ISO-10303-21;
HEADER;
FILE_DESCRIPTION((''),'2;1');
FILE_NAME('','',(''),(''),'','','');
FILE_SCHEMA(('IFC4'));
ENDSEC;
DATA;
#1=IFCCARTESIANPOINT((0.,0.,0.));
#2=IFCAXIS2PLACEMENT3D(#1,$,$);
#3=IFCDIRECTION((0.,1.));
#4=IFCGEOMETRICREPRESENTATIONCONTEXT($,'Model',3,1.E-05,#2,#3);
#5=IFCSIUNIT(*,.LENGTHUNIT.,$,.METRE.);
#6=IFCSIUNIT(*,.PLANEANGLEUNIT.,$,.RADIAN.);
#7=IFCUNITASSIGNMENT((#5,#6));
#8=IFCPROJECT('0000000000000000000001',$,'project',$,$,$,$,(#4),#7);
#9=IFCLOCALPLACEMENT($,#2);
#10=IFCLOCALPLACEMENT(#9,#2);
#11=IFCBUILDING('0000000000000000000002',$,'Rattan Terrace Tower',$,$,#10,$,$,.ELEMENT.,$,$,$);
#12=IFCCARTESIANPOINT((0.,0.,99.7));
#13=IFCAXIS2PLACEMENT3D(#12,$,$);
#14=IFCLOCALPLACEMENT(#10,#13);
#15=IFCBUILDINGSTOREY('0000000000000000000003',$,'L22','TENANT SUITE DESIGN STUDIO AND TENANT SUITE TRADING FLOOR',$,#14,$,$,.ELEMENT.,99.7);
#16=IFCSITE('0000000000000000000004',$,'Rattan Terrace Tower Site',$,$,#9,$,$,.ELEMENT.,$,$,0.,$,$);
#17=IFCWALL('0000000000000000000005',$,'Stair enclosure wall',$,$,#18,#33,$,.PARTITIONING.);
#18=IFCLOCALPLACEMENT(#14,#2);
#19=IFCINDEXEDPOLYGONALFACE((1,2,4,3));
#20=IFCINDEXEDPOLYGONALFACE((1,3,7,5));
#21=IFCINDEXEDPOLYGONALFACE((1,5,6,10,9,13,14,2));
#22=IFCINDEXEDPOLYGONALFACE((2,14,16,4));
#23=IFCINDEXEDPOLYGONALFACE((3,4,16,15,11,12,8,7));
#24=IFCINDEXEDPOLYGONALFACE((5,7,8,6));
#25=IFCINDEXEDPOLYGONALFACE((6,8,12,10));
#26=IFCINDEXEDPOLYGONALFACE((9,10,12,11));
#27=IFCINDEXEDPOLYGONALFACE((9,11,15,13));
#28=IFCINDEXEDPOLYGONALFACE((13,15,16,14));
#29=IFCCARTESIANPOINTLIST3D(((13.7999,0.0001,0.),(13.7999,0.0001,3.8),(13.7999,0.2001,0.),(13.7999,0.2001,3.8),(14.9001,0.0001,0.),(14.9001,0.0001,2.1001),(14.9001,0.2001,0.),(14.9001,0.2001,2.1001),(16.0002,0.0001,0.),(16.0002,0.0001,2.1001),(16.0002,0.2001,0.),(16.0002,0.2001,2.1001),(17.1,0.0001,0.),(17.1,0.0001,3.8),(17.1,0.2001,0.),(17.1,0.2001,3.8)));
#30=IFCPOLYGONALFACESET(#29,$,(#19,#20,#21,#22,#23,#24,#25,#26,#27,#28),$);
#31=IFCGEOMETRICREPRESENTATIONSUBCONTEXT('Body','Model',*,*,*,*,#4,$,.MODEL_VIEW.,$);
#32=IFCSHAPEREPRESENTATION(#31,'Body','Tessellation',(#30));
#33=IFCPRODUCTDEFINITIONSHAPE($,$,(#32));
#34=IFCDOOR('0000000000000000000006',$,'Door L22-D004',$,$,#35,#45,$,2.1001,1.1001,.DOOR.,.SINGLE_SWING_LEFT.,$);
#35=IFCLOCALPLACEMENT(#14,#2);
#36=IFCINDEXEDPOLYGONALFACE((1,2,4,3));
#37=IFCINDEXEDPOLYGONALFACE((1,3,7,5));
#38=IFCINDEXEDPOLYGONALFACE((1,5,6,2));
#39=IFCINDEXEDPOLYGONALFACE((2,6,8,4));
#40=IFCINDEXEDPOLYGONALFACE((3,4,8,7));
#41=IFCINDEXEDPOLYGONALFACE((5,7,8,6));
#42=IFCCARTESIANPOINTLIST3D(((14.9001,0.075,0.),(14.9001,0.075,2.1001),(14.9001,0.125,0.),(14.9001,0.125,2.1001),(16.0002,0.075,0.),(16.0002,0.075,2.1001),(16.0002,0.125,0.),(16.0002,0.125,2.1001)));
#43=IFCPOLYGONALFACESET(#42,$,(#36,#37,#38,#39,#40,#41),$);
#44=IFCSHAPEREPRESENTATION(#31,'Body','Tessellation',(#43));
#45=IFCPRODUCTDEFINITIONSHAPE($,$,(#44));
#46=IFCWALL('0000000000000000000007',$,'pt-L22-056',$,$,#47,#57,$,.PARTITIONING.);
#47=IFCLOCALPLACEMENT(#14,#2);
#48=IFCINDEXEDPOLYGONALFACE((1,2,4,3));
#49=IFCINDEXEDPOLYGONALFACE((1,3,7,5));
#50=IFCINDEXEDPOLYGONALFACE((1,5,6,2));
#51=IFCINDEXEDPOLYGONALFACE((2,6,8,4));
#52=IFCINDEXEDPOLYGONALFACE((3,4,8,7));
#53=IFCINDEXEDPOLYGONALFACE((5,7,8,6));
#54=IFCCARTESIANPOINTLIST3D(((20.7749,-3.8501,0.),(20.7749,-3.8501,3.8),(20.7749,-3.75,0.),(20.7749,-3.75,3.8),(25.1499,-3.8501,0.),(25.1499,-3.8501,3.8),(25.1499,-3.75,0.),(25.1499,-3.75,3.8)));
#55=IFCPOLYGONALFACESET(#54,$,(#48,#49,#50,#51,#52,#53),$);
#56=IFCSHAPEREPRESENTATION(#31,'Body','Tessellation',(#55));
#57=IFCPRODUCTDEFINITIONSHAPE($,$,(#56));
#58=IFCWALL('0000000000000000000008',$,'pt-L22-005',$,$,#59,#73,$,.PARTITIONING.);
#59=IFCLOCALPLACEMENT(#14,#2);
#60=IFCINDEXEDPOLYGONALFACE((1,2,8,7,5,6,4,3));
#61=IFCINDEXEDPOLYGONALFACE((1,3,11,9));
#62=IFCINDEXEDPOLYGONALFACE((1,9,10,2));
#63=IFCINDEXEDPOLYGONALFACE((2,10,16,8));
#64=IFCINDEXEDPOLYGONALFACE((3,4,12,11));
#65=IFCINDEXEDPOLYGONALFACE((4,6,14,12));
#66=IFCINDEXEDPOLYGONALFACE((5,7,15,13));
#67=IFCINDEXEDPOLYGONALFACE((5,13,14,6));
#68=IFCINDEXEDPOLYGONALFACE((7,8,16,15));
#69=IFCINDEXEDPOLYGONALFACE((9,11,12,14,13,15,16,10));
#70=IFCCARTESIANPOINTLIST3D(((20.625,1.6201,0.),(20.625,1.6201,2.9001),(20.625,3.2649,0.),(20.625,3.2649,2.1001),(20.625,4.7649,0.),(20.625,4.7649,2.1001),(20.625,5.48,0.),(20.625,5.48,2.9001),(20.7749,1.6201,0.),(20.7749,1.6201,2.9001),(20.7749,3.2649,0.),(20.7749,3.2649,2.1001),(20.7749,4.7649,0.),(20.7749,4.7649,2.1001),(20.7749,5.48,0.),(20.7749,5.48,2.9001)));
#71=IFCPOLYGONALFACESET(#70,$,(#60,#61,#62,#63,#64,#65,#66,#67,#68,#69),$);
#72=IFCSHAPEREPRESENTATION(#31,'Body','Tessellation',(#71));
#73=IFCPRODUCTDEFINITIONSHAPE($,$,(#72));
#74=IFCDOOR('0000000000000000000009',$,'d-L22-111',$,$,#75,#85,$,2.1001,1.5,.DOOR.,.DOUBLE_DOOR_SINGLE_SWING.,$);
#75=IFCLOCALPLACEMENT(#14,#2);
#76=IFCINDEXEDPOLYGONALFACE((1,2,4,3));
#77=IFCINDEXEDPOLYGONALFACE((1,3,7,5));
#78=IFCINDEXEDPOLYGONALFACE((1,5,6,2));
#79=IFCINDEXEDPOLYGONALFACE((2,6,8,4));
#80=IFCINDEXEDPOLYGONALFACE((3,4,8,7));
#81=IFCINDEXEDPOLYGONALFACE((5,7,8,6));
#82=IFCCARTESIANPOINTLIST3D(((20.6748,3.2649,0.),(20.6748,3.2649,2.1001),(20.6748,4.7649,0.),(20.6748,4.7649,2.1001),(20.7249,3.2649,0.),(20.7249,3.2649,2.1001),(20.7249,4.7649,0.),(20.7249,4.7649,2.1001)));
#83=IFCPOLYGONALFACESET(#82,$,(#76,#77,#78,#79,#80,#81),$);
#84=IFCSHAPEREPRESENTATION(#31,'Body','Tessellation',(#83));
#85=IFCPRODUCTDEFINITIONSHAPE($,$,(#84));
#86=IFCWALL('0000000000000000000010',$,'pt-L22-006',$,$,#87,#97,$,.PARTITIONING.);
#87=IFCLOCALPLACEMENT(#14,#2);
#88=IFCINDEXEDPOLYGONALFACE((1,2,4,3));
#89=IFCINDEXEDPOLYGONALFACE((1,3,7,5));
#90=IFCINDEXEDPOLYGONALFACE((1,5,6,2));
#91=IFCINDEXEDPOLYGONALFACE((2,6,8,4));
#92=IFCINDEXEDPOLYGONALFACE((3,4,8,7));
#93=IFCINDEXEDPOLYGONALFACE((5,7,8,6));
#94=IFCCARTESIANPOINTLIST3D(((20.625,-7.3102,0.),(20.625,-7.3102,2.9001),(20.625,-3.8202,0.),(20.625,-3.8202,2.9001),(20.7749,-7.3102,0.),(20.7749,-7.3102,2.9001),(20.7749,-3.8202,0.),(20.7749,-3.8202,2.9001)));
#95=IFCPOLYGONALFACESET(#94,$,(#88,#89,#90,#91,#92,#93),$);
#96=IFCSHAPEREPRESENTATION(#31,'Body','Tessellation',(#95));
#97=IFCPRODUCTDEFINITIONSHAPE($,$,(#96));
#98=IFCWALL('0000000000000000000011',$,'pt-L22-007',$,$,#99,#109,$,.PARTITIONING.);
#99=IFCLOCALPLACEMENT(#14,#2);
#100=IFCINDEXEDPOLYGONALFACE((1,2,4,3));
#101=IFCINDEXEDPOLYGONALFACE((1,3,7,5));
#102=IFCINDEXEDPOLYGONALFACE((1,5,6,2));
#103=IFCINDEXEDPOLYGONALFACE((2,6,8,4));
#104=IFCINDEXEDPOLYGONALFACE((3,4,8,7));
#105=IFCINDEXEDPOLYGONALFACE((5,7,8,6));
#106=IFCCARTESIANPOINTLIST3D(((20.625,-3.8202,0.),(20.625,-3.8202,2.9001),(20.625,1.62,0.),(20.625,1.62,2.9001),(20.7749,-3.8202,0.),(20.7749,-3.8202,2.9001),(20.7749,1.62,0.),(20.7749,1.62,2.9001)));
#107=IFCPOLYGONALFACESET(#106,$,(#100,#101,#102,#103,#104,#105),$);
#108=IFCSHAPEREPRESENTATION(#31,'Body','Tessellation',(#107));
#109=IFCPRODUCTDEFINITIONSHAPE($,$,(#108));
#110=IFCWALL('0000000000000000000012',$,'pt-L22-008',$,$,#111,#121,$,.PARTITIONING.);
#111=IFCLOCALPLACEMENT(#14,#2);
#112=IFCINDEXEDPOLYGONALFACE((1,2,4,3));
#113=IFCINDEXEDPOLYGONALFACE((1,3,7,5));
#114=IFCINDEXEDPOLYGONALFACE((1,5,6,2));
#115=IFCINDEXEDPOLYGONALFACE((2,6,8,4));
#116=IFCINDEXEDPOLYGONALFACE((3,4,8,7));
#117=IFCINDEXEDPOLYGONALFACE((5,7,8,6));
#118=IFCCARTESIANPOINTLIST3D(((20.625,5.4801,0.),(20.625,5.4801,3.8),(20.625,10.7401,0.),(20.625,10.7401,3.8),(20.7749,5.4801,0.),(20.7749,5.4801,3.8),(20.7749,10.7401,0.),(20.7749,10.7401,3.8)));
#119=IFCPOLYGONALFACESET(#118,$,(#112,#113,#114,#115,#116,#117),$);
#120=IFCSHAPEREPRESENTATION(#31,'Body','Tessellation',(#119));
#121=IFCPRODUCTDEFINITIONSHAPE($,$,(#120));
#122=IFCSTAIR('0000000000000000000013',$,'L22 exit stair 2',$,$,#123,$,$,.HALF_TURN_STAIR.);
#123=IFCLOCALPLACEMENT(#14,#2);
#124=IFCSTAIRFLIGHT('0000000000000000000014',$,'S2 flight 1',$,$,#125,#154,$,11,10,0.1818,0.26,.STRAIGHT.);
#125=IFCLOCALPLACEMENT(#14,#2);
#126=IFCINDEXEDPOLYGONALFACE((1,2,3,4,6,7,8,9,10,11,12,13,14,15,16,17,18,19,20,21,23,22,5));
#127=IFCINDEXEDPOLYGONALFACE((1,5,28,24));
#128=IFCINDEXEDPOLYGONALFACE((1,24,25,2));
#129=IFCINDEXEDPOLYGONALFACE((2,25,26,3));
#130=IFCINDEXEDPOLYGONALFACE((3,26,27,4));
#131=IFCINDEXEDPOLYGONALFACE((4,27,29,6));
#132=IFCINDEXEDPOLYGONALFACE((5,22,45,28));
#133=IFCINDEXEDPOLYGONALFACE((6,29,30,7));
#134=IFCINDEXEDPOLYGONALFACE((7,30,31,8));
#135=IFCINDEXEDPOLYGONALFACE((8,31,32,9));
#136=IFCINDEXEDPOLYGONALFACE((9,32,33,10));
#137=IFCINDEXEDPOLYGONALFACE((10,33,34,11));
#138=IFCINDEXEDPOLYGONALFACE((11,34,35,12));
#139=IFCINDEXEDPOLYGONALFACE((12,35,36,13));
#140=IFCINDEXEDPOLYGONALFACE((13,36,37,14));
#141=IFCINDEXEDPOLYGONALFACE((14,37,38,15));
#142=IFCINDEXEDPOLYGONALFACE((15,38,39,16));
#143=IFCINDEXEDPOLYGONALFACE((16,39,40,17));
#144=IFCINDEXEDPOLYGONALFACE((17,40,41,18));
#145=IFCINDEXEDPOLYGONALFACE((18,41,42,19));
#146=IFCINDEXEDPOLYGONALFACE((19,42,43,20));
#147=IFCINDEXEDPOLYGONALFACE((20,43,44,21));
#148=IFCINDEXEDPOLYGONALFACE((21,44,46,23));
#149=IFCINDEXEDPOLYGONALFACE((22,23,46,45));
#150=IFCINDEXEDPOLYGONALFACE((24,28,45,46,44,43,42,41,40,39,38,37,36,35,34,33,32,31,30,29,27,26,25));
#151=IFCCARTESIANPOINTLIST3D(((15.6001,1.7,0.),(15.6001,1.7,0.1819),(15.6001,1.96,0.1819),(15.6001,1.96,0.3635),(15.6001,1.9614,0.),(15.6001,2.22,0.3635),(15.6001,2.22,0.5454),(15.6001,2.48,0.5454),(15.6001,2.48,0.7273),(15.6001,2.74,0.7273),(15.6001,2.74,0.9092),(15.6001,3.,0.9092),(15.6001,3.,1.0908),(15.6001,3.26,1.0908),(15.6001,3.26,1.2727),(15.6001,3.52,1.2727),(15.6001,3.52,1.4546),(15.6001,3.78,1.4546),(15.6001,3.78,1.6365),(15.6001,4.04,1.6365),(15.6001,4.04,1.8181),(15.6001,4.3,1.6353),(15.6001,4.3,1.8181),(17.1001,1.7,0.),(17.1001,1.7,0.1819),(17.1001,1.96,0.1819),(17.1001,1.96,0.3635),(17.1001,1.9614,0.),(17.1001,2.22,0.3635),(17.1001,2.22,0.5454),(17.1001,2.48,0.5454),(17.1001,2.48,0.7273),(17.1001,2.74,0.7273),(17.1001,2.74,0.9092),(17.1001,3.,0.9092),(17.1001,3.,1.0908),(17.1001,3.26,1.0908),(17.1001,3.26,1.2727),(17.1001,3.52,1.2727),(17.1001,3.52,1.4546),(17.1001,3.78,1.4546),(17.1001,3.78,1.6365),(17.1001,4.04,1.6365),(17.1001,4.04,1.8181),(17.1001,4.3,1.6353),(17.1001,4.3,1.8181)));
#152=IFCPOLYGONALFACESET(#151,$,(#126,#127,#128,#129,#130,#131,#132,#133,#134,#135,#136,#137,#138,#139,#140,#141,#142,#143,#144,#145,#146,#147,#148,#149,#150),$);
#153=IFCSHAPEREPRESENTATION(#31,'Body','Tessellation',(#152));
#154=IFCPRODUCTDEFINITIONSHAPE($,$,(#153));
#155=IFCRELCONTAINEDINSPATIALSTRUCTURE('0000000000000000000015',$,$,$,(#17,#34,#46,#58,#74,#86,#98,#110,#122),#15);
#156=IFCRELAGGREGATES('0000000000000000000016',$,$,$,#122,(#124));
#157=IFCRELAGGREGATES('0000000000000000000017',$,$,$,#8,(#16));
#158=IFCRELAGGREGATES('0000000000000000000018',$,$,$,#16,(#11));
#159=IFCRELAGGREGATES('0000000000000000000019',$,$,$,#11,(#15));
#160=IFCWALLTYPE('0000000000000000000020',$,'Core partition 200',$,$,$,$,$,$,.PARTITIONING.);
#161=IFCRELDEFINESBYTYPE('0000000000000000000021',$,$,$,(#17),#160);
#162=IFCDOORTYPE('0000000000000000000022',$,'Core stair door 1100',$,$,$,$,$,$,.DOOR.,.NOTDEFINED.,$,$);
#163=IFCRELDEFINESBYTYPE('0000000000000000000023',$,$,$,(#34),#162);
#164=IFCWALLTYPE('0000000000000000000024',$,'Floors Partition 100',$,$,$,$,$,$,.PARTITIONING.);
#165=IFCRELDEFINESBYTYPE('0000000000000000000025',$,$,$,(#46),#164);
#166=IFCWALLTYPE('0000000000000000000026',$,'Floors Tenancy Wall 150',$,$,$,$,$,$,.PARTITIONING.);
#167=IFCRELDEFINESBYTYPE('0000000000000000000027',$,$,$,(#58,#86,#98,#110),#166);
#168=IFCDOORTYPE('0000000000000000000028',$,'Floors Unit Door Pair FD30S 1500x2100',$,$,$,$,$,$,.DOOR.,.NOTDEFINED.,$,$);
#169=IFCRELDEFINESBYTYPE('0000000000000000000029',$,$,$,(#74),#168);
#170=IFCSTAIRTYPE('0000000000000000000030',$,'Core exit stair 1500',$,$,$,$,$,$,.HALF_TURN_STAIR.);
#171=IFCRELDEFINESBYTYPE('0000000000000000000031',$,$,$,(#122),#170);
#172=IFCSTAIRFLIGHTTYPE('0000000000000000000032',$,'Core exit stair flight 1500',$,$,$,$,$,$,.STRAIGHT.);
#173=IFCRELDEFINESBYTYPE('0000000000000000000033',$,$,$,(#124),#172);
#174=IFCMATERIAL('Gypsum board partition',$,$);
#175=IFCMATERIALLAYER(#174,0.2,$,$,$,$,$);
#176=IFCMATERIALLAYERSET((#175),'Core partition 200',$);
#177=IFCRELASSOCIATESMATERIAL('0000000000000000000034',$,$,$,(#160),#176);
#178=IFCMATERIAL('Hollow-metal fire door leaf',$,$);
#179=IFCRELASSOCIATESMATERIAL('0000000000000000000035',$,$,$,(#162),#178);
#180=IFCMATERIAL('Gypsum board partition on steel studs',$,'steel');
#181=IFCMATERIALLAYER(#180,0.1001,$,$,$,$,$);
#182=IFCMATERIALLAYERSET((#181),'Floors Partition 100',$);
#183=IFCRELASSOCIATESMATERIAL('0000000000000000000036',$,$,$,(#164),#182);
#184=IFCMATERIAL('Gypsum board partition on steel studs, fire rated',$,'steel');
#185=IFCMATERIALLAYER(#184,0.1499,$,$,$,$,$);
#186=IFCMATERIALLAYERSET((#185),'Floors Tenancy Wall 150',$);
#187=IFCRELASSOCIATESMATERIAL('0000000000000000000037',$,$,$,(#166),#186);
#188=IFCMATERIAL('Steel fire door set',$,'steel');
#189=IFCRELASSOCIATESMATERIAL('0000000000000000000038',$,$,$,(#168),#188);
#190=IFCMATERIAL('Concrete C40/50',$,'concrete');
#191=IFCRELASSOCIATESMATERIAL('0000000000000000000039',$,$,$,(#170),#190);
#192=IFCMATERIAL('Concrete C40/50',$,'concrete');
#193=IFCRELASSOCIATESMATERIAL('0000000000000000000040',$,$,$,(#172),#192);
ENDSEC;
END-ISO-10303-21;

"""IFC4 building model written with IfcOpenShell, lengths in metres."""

from ifc_helpers import new_model, si_unit, direction, frame, frame_2d, origin, place, context, subcontext, project, spatial, polyline, rectangle, outline, extrude, material, layer, layer_set, type_object, element, fill, aggregate, save


model = new_model("IFC4")

# Units and contexts
model_context = context("Model", 3, precision=1e-05, world=origin(), true_north=direction((0.0, 1.0)))
body_context = subcontext(model_context, "Body", "Model", "MODEL_VIEW")
ifc_project = project(units=[si_unit("LENGTHUNIT", "METRE"), si_unit("PLANEANGLEUNIT", "RADIAN")], contexts=[model_context])

# Site, building, storey
site_placement = place(None, origin())
site = spatial("IfcSite", under=ifc_project, at=site_placement, Name="Rattan Terrace Tower Site", CompositionType="ELEMENT", RefElevation=0.0)
building_placement = place(site_placement, origin())
building = spatial("IfcBuilding", under=site, at=building_placement, Name="Rattan Terrace Tower", CompositionType="ELEMENT")
storey_placement = place(building_placement, frame((0.0, 0.0, 99.7)))
storey = spatial("IfcBuildingStorey", under=building, at=storey_placement, Name="L22", Description="TENANT SUITE DESIGN STUDIO AND TENANT SUITE TRADING FLOOR", CompositionType="ELEMENT", Elevation=99.7)

# Wall, opening, door
ifc_material_1 = material(Name="Gypsum board partition")
ifc_layer_1 = layer(ifc_material_1, 0.2)
ifc_layer_set_1 = layer_set([ifc_layer_1], Name="Core partition 200")
wall_type_1 = type_object("IfcWallType", Name="Core partition 200", PredefinedType="PARTITIONING", material=ifc_layer_set_1)
wall_1_placement = place(storey_placement, frame((13.8, 0.1001, 0.0), z_axis=(0.0, 0.0, 1.0), x_axis=(1.0, 0.0, 0.0)))
wall_1 = element("IfcWall", 1, at=wall_1_placement, inside=storey, type_object=wall_type_1, Name="Stair enclosure wall", PredefinedType="PARTITIONING", context=body_context, shape_type="SweptSolid", body=[
    extrude(rectangle(XDim=3.3, YDim=0.2, at=frame_2d((1.6499, 0.0))), origin(), (0.0, 0.0, 1.0), 3.8),
])
opening_1_placement = place(wall_1_placement, frame((1.1001, 0.0, 0.0)))
opening_1 = element("IfcOpeningElement", 2, at=opening_1_placement, cuts=wall_1, PredefinedType="OPENING", context=body_context, shape_type="SweptSolid", body=[
    extrude(rectangle(XDim=1.1001, YDim=2.1001, at=frame_2d((0.55, 1.05))), frame((0.0, 0.1106, 0.0), z_axis=(0.0, -1.0, 0.0), x_axis=(1.0, 0.0, 0.0)), (0.0, 0.0, 1.0), 0.2209),
])
ifc_material_2 = material(Name="Hollow-metal fire door leaf")
door_type_1 = type_object("IfcDoorType", Name="Core stair door 1100", OperationType="NOTDEFINED", PredefinedType="DOOR", material=ifc_material_2)
door_1_placement = place(opening_1_placement, origin())
door_1 = element("IfcDoor", 3, at=door_1_placement, inside=storey, type_object=door_type_1, Name="Door L22-D004", OperationType="SINGLE_SWING_LEFT", OverallHeight=2.1001, OverallWidth=1.1001, PredefinedType="DOOR", context=body_context, shape_type="SweptSolid", body=[
    extrude(rectangle(XDim=1.1001, YDim=2.1001, at=frame_2d((0.55, 1.05))), frame((0.0, 0.0249, 0.0), z_axis=(0.0, -1.0, 0.0), x_axis=(1.0, 0.0, 0.0)), (0.0, 0.0, 1.0), 0.05),
])
fill(opening_1, door_1)

# Wall
ifc_material_3 = material(Name="Gypsum board partition on steel studs", Category="steel")
ifc_layer_2 = layer(ifc_material_3, 0.1001)
ifc_layer_set_2 = layer_set([ifc_layer_2], Name="Floors Partition 100")
wall_type_2 = type_object("IfcWallType", Name="Floors Partition 100", PredefinedType="PARTITIONING", material=ifc_layer_set_2)
wall_2_placement = place(storey_placement, frame((20.7749, -3.8, 0.0), z_axis=(0.0, 0.0, 1.0), x_axis=(1.0, 0.0, 0.0)))
element("IfcWall", 4, at=wall_2_placement, inside=storey, type_object=wall_type_2, Name="pt-L22-056", PredefinedType="PARTITIONING", context=body_context, shape_type="SweptSolid", body=[
    extrude(rectangle(XDim=4.375, YDim=0.1001, at=frame_2d((2.1875, 0.0))), origin(), (0.0, 0.0, 1.0), 3.8),
])

# Wall, opening, door
ifc_material_4 = material(Name="Gypsum board partition on steel studs, fire rated", Category="steel")
ifc_layer_3 = layer(ifc_material_4, 0.1499)
ifc_layer_set_3 = layer_set([ifc_layer_3], Name="Floors Tenancy Wall 150")
wall_type_3 = type_object("IfcWallType", Name="Floors Tenancy Wall 150", PredefinedType="PARTITIONING", material=ifc_layer_set_3)
wall_3_placement = place(storey_placement, frame((20.7, 5.48, 0.0), z_axis=(0.0, 0.0, 1.0), x_axis=(0.0, -1.0, 0.0)))
wall_3 = element("IfcWall", 5, at=wall_3_placement, inside=storey, type_object=wall_type_3, Name="pt-L22-005", PredefinedType="PARTITIONING", context=body_context, shape_type="SweptSolid", body=[
    extrude(rectangle(XDim=3.8599, YDim=0.1499, at=frame_2d((1.9299, 0.0))), origin(), (0.0, 0.0, 1.0), 2.9001),
])
opening_2_placement = place(wall_3_placement, frame((0.7151, 0.0, 0.0)))
opening_2 = element("IfcOpeningElement", 6, at=opening_2_placement, cuts=wall_3, PredefinedType="OPENING", context=body_context, shape_type="SweptSolid", body=[
    extrude(rectangle(XDim=1.5, YDim=2.1001, at=frame_2d((0.75, 1.05))), frame((0.0, 0.0854, 0.0), z_axis=(0.0, -1.0, 0.0), x_axis=(1.0, 0.0, 0.0)), (0.0, 0.0, 1.0), 0.1709),
])
ifc_material_5 = material(Name="Steel fire door set", Category="steel")
door_type_2 = type_object("IfcDoorType", Name="Floors Unit Door Pair FD30S 1500x2100", OperationType="NOTDEFINED", PredefinedType="DOOR", material=ifc_material_5)
door_2_placement = place(opening_2_placement, origin())
door_2 = element("IfcDoor", 7, at=door_2_placement, inside=storey, type_object=door_type_2, Name="d-L22-111", OperationType="DOUBLE_DOOR_SINGLE_SWING", OverallHeight=2.1001, OverallWidth=1.5, PredefinedType="DOOR", context=body_context, shape_type="SweptSolid", body=[
    extrude(rectangle(XDim=1.5, YDim=2.1001, at=frame_2d((0.75, 1.05))), frame((0.0, 0.0249, 0.0), z_axis=(0.0, -1.0, 0.0), x_axis=(1.0, 0.0, 0.0)), (0.0, 0.0, 1.0), 0.05),
])
fill(opening_2, door_2)

# Walls
wall_4_placement = place(storey_placement, frame((20.7, -3.8201, 0.0), z_axis=(0.0, 0.0, 1.0), x_axis=(0.0, -1.0, 0.0)))
element("IfcWall", 8, at=wall_4_placement, inside=storey, type_object=wall_type_3, Name="pt-L22-006", PredefinedType="PARTITIONING", context=body_context, shape_type="SweptSolid", body=[
    extrude(rectangle(XDim=3.49, YDim=0.1499, at=frame_2d((1.7451, 0.0))), origin(), (0.0, 0.0, 1.0), 2.9001),
])
wall_5_placement = place(storey_placement, frame((20.7, 1.6201, 0.0), z_axis=(0.0, 0.0, 1.0), x_axis=(0.0, -1.0, 0.0)))
element("IfcWall", 9, at=wall_5_placement, inside=storey, type_object=wall_type_3, Name="pt-L22-007", PredefinedType="PARTITIONING", context=body_context, shape_type="SweptSolid", body=[
    extrude(rectangle(XDim=5.4402, YDim=0.1499, at=frame_2d((2.7202, 0.0))), origin(), (0.0, 0.0, 1.0), 2.9001),
])
wall_6_placement = place(storey_placement, frame((20.7, 10.74, 0.0), z_axis=(0.0, 0.0, 1.0), x_axis=(0.0, -1.0, 0.0)))
element("IfcWall", 10, at=wall_6_placement, inside=storey, type_object=wall_type_3, Name="pt-L22-008", PredefinedType="PARTITIONING", context=body_context, shape_type="SweptSolid", body=[
    extrude(rectangle(XDim=5.26, YDim=0.1499, at=frame_2d((2.6299, 0.0))), origin(), (0.0, 0.0, 1.0), 3.8),
])

# Stair, stair flight
ifc_material_6 = material(Name="Concrete C40/50", Category="concrete")
stair_type = type_object("IfcStairType", Name="Core exit stair 1500", PredefinedType="HALF_TURN_STAIR", material=ifc_material_6)
stair_placement = place(storey_placement, origin())
stair = element("IfcStair", 11, at=stair_placement, inside=storey, type_object=stair_type, Name="L22 exit stair 2", PredefinedType="HALF_TURN_STAIR")
ifc_material_7 = material(Name="Concrete C40/50", Category="concrete")
stair_flight_type = type_object("IfcStairFlightType", Name="Core exit stair flight 1500", PredefinedType="STRAIGHT", material=ifc_material_7)
stair_flight_1_placement = place(storey_placement, frame((16.3501, 1.7, 0.0), z_axis=(0.0, 0.0, 1.0), x_axis=(0.0, 1.0, 0.0)))
stair_flight_1 = element("IfcStairFlight", 12, at=stair_flight_1_placement, type_object=stair_flight_type, Name="S2 flight 1", NumberOfRisers=11, NumberOfTreads=10, PredefinedType="STRAIGHT", RiserHeight=0.1818, TreadLength=0.26, context=body_context, shape_type="SweptSolid", body=[
    extrude(outline(polyline([(0.0, 0.0), (0.0, 0.1819), (0.26, 0.1819), (0.26, 0.3635), (0.52, 0.3635), (0.52, 0.5454), (0.78, 0.5454), (0.78, 0.7273), (1.04, 0.7273), (1.04, 0.9092), (1.3, 0.9092), (1.3, 1.0908), (1.5601, 1.0908), (1.5601, 1.2727), (1.8201, 1.2727), (1.8201, 1.4546), (2.0801, 1.4546), (2.0801, 1.6365), (2.3401, 1.6365), (2.3401, 1.8181), (2.6001, 1.8181), (2.6001, 2.0), (2.6001, 1.6353), (0.2615, 0.0), (0.0, 0.0)])), frame((0.0, 0.75, 0.0), z_axis=(0.0, -1.0, 0.0), x_axis=(1.0, 0.0, 0.0)), (0.0, 0.0, 1.0), 1.5),
])
aggregate(stair, [stair_flight_1])

save(model, "model.ifc")
